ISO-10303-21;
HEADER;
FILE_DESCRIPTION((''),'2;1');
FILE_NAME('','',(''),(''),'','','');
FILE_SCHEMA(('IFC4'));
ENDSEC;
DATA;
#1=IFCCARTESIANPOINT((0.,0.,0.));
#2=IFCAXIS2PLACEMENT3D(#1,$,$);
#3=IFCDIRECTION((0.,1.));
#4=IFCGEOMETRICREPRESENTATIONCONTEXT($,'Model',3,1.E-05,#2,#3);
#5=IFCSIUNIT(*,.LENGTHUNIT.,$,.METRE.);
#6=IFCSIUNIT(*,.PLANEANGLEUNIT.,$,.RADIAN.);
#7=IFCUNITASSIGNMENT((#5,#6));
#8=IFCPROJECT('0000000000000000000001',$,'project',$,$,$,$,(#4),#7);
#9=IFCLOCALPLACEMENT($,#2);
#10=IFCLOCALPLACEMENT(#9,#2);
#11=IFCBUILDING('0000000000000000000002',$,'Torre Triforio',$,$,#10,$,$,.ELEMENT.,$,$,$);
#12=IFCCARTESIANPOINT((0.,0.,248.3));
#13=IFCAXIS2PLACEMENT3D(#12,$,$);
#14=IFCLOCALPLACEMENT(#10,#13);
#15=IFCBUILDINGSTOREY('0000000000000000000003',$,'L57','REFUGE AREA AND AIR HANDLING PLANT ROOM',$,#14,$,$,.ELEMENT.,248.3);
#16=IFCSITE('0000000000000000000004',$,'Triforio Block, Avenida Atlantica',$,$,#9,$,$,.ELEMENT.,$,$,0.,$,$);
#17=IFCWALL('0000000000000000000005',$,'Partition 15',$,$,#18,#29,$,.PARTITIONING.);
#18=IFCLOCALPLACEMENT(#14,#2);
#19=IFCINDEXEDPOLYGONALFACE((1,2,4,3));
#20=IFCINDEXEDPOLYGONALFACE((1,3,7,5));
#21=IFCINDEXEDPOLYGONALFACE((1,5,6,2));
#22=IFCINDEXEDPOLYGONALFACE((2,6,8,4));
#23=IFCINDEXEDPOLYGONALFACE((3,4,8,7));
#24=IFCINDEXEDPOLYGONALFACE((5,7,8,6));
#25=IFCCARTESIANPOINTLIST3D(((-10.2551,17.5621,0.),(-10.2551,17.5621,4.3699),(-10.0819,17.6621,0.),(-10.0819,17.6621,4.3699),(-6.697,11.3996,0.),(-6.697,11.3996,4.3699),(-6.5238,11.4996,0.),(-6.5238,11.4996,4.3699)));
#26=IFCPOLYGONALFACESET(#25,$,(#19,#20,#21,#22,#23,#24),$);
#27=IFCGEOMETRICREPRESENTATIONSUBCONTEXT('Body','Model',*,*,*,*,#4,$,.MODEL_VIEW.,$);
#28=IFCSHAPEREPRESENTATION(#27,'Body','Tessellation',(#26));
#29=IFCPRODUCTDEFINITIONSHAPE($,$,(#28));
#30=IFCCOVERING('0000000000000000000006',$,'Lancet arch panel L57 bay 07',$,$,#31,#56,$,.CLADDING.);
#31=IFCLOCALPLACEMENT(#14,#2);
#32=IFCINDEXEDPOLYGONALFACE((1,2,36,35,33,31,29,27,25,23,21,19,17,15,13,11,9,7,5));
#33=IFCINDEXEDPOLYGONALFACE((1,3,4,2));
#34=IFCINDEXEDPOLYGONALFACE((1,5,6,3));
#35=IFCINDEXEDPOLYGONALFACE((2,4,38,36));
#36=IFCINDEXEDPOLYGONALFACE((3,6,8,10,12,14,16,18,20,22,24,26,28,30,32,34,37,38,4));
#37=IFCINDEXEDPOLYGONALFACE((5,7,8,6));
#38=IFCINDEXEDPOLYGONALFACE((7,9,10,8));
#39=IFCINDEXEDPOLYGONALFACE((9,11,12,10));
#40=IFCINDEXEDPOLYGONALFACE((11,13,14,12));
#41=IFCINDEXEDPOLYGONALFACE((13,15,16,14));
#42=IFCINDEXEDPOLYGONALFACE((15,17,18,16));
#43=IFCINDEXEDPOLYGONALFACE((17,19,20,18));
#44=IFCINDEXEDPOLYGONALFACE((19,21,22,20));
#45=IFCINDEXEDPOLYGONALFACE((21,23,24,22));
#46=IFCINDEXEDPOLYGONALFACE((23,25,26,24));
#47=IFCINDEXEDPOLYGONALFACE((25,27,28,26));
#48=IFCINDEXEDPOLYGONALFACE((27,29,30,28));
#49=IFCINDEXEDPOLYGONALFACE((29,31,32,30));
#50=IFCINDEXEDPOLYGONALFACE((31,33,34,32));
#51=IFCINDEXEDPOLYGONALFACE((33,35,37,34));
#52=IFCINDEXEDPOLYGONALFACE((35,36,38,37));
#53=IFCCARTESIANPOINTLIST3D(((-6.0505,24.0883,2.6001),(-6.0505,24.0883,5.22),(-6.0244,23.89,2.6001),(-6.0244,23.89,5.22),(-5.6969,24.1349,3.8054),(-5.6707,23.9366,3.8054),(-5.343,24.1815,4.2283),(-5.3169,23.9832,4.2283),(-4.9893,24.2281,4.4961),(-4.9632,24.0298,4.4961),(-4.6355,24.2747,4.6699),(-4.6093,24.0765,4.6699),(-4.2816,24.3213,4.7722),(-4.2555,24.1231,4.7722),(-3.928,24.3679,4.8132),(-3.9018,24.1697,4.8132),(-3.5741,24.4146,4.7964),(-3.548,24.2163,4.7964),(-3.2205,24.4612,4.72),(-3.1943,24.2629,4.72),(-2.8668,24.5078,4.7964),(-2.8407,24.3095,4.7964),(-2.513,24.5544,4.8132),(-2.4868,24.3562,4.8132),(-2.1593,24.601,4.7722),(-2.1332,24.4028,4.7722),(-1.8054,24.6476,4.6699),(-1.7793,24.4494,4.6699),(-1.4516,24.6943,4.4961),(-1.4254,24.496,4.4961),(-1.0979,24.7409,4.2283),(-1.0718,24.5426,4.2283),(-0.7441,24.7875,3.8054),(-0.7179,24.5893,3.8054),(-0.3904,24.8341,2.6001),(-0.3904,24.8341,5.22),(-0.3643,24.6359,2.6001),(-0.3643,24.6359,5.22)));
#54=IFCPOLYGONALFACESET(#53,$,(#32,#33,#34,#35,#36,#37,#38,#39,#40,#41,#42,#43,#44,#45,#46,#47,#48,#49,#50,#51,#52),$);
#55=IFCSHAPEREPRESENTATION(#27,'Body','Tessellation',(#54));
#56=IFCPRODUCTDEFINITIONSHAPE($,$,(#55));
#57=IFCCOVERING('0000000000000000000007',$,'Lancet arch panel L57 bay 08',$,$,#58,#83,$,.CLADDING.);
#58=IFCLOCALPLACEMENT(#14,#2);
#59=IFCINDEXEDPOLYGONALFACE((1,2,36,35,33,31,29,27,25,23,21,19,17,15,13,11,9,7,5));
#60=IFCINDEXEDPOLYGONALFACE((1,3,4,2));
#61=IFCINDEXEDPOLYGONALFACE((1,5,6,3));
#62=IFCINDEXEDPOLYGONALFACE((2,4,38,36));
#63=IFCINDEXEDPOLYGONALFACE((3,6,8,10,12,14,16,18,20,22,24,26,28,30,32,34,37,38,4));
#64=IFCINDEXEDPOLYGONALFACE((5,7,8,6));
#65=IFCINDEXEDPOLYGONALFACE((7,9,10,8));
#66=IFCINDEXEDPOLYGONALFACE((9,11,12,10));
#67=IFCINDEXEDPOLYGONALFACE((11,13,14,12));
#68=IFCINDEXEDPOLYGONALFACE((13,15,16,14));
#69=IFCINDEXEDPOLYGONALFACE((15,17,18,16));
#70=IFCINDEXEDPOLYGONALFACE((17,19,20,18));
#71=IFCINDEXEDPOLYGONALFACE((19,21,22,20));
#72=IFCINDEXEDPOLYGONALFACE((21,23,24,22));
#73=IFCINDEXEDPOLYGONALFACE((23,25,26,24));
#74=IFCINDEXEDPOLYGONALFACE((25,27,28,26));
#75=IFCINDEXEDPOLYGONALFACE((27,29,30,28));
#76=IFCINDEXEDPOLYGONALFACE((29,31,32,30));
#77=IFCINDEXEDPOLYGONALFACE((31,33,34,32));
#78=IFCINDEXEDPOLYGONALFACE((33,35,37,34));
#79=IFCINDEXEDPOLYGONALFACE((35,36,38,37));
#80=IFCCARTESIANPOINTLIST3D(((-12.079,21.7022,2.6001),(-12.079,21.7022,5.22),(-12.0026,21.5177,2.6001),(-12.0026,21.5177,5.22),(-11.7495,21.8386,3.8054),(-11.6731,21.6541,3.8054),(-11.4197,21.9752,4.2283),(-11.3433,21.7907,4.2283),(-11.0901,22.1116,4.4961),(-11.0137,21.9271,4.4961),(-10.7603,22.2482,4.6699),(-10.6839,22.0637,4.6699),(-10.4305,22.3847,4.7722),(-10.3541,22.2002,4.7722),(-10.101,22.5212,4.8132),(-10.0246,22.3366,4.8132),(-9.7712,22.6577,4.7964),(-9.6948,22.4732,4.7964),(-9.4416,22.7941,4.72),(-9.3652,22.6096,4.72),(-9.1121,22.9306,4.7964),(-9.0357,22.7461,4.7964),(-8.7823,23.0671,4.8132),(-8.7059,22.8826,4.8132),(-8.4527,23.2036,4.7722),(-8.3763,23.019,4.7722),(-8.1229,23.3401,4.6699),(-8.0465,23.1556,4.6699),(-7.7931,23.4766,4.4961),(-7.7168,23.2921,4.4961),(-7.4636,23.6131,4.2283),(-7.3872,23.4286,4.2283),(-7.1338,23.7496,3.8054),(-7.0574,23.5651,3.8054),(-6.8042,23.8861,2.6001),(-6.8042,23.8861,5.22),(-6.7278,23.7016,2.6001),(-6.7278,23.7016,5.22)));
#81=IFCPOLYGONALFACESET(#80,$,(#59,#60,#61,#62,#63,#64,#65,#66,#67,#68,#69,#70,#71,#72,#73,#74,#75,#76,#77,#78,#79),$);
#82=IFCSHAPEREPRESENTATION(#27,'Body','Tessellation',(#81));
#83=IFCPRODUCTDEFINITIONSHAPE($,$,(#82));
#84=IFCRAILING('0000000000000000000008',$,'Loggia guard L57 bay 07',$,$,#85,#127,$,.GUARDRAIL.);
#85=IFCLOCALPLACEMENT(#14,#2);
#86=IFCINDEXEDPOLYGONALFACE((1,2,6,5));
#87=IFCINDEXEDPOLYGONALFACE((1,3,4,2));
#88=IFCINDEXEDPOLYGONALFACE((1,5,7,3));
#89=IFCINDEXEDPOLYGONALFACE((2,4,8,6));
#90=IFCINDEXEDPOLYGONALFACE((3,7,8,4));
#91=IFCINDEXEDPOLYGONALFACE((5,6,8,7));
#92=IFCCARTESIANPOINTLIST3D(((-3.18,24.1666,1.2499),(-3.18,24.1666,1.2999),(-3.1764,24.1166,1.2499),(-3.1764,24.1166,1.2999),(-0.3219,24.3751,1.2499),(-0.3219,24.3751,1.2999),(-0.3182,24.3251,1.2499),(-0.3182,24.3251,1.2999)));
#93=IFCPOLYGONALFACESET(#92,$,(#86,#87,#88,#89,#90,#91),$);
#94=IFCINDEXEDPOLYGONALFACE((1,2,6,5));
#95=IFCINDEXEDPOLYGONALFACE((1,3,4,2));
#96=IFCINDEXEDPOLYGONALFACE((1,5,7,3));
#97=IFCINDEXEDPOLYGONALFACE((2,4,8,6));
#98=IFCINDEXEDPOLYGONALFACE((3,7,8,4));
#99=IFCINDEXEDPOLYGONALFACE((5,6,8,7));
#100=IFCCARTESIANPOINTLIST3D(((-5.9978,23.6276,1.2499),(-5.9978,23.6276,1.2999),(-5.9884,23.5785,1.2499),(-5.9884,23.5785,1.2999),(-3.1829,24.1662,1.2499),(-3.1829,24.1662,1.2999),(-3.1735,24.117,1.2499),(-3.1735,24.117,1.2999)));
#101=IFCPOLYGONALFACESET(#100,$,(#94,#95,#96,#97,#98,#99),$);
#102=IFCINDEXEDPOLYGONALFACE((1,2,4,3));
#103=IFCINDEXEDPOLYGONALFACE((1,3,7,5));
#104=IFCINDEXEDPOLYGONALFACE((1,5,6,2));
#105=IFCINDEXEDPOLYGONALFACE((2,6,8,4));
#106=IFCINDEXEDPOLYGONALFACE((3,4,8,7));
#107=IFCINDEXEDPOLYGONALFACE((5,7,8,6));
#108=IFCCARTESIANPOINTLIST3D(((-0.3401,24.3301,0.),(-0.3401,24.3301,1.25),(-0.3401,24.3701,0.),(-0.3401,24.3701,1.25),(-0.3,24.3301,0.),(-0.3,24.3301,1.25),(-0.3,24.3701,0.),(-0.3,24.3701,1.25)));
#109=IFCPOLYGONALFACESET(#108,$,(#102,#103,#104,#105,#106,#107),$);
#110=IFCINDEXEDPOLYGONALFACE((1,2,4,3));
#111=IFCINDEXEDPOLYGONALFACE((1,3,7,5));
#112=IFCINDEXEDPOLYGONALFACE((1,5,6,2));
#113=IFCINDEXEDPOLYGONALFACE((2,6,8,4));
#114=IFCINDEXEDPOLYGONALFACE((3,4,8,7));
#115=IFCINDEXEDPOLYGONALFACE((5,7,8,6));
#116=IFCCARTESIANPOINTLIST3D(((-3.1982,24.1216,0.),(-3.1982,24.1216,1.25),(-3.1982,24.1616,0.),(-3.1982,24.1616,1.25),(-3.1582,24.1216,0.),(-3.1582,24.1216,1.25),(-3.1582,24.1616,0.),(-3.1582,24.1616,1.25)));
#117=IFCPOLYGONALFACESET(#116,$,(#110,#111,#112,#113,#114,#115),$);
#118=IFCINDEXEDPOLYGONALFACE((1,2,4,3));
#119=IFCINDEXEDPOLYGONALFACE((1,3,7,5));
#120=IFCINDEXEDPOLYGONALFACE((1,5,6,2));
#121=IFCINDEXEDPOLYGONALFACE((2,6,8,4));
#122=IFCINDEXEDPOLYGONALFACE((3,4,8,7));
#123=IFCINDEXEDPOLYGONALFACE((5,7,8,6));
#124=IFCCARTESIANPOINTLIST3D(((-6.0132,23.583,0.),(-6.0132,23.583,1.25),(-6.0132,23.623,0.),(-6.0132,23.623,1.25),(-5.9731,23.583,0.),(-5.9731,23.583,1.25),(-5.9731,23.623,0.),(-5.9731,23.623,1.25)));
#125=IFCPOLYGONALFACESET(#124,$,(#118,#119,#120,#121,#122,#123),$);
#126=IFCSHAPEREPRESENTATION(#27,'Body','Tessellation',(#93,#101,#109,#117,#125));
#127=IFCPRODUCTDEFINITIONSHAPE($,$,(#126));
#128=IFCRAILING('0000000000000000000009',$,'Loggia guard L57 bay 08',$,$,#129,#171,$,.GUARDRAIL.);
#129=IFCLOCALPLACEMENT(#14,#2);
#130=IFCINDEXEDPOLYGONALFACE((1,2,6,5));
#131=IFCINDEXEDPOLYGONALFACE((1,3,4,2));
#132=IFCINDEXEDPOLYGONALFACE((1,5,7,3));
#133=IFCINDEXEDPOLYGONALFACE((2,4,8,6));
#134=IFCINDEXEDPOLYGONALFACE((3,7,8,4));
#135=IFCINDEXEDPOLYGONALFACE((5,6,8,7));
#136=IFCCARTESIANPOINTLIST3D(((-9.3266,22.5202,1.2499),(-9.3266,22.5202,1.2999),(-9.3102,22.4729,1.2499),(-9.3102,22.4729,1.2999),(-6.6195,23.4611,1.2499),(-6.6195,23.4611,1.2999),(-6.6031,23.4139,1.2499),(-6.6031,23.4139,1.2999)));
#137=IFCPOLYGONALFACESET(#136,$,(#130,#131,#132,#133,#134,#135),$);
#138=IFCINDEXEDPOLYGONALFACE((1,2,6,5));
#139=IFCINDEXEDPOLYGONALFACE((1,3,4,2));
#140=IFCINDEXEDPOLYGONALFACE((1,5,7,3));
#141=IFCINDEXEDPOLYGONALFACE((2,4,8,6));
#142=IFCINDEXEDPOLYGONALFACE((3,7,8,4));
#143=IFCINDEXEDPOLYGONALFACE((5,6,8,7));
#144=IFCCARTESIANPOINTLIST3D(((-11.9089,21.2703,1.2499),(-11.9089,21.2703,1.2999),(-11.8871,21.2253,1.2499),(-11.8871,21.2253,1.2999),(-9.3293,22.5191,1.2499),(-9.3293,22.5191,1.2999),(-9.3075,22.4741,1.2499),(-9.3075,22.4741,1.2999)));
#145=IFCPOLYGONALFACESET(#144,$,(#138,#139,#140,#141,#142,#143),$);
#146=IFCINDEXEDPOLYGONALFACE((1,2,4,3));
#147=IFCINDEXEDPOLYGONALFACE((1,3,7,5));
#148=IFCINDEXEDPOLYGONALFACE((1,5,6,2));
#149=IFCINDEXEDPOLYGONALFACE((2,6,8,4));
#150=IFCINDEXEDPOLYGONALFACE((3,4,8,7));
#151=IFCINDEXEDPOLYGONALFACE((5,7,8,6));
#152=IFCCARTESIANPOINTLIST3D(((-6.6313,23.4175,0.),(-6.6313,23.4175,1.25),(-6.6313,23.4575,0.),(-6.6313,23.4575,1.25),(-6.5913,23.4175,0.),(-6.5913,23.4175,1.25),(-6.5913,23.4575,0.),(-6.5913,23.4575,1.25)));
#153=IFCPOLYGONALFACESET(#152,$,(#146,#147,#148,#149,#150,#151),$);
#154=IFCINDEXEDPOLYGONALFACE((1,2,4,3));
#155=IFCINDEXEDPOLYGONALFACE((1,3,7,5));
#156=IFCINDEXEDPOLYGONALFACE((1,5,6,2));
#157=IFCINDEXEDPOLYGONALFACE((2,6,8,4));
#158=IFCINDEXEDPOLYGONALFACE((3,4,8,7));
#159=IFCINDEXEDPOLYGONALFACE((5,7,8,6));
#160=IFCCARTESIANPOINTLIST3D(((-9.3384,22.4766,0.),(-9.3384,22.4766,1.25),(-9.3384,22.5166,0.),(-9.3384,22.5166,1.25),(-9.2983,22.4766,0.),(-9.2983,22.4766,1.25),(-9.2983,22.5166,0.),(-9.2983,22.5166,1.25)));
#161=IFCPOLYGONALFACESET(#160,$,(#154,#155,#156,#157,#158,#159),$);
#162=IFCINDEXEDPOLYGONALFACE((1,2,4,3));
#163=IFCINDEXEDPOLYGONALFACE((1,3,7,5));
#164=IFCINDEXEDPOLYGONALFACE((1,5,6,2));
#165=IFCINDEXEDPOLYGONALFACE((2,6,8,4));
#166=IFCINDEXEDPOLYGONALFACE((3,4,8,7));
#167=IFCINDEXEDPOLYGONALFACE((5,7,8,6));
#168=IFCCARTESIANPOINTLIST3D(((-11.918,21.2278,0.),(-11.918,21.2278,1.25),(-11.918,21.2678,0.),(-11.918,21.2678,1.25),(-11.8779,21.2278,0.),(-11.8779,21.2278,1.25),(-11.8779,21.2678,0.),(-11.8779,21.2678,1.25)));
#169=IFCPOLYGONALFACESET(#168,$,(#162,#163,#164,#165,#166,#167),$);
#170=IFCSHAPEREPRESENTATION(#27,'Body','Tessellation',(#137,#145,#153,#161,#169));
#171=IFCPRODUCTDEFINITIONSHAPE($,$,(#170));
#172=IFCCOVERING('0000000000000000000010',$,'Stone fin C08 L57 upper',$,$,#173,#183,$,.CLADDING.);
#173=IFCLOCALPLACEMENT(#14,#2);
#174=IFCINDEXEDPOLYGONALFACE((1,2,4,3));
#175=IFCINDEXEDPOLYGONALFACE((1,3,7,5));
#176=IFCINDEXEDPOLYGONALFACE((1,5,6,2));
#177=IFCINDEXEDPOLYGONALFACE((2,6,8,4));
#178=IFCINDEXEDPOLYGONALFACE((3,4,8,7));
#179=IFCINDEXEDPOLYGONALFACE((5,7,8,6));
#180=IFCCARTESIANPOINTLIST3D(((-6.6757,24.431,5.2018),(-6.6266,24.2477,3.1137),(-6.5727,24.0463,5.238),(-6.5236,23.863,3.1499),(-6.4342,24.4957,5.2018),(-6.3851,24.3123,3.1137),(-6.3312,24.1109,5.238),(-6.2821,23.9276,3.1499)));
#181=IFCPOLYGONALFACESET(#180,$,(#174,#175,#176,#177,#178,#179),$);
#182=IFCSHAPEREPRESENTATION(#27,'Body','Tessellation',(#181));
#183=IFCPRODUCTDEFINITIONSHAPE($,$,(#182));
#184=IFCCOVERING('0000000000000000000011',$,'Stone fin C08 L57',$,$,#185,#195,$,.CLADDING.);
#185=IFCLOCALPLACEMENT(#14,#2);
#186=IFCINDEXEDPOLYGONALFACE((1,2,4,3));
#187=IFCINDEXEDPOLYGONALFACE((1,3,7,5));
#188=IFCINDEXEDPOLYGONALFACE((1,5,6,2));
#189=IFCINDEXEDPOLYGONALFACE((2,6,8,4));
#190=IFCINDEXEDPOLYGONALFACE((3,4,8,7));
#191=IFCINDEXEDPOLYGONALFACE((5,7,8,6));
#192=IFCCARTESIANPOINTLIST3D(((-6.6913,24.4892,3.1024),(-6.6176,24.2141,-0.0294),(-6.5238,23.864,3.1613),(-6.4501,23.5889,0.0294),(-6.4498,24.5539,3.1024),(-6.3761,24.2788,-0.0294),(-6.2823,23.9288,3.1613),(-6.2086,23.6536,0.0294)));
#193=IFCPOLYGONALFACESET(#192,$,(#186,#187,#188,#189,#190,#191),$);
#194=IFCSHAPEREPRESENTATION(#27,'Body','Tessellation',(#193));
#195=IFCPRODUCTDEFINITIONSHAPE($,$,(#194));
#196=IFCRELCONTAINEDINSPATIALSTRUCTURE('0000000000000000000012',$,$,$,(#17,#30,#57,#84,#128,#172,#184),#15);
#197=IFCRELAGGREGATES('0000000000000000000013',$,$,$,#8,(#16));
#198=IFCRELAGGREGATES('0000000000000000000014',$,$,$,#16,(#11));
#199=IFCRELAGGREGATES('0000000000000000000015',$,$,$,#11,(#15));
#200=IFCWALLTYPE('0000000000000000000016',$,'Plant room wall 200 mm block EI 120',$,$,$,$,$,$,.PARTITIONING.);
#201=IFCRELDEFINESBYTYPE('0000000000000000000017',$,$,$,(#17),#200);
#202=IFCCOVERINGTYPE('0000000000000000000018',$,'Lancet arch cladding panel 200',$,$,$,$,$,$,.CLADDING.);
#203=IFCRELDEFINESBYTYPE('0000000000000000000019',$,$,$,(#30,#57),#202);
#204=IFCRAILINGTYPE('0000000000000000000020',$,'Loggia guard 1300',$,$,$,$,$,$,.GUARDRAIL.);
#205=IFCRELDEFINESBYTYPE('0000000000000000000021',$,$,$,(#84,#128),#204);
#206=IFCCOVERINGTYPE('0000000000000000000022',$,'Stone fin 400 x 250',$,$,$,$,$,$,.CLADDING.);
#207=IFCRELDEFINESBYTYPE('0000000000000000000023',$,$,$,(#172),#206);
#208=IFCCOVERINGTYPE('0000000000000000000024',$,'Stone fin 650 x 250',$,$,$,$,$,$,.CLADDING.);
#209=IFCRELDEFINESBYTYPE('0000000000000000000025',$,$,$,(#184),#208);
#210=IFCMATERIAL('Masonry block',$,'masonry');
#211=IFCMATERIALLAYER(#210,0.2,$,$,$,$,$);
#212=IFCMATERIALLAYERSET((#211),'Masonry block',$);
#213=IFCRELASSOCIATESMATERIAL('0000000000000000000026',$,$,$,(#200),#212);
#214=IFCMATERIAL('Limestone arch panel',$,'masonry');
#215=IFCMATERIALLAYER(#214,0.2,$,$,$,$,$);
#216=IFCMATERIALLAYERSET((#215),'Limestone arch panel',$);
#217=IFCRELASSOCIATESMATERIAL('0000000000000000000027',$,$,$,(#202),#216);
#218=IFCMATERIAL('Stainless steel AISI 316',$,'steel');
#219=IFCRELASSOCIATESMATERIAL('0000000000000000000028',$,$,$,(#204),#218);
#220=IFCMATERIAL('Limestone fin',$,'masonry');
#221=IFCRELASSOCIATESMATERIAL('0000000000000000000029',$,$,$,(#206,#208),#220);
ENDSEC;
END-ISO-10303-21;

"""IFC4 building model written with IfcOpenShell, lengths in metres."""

from ifc_helpers import new_model, si_unit, direction, frame, frame_2d, origin, origin_2d, place, context, subcontext, project, spatial, polyline, rectangle, outline, extrude, material, layer, layer_set, material_profile, profile_set, type_object, element, save


model = new_model("IFC4")

# Units and contexts
model_context = context("Model", 3, precision=1e-05, world=origin(), true_north=direction((0.0, 1.0)))
body_context = subcontext(model_context, "Body", "Model", "MODEL_VIEW")
ifc_project = project(units=[si_unit("LENGTHUNIT", "METRE"), si_unit("PLANEANGLEUNIT", "RADIAN")], contexts=[model_context])

# Site, building, storey
site_placement = place(None, origin())
site = spatial("IfcSite", under=ifc_project, at=site_placement, Name="Triforio Block, Avenida Atlantica", CompositionType="ELEMENT", RefElevation=0.0)
building_placement = place(site_placement, origin())
building = spatial("IfcBuilding", under=site, at=building_placement, Name="Torre Triforio", CompositionType="ELEMENT")
storey_placement = place(building_placement, frame((0.0, 0.0, 248.3)))
storey = spatial("IfcBuildingStorey", under=building, at=storey_placement, Name="L57", Description="REFUGE AREA AND AIR HANDLING PLANT ROOM", CompositionType="ELEMENT", Elevation=248.3)

# Shared definitions
ifc_material_1 = material(Name="Masonry block", Category="masonry")
ifc_layer_1 = layer(ifc_material_1, 0.2)
ifc_layer_set_1 = layer_set([ifc_layer_1], Name="Masonry block")
wall_type_1 = type_object("IfcWallType", Name="Plant room wall 200 mm block EI 120", PredefinedType="PARTITIONING", material=ifc_layer_set_1)

# Wall
wall_1_placement = place(storey_placement, frame((-6.6104, 11.4495, 0.0), z_axis=(0.0, 0.0, 1.0), x_axis=(-0.500013, 0.866018, 0.0)))
element("IfcWall", 1, at=wall_1_placement, inside=storey, type_object=wall_type_1, Name="Partition 15", PredefinedType="PARTITIONING", context=body_context, shape_type="SweptSolid", body=[
    extrude(rectangle(XDim=7.116, YDim=0.2, at=frame_2d((3.5581, 0.0))), origin(), (0.0, 0.0, 1.0), 4.3699),
])

# Coverings
ifc_material_2 = material(Name="Limestone arch panel", Category="masonry")
ifc_layer_2 = layer(ifc_material_2, 0.2)
ifc_layer_set_2 = layer_set([ifc_layer_2], Name="Limestone arch panel")
covering_type_1 = type_object("IfcCoveringType", Name="Lancet arch cladding panel 200", PredefinedType="CLADDING", material=ifc_layer_set_2)
covering_1_placement = place(storey_placement, frame((-3.1943, 24.2629, 0.0), z_axis=(-0.130644, 0.991429, 0.0), x_axis=(-0.991429, -0.130644, 0.0)))
element("IfcCovering", 2, at=covering_1_placement, inside=storey, type_object=covering_type_1, Name="Lancet arch panel L57 bay 07", PredefinedType="CLADDING", context=body_context, shape_type="SweptSolid", body=[
    extrude(outline(polyline([(-2.8545, 5.22), (-2.8545, 2.6001), (-2.4978, 3.8054), (-2.1409, 4.2283), (-1.7842, 4.4961), (-1.4272, 4.6699), (-1.0703, 4.7722), (-0.7136, 4.8132), (-0.3567, 4.7964), (0.0, 4.72), (0.3567, 4.7964), (0.7136, 4.8132), (1.0703, 4.7722), (1.4272, 4.6699), (1.7842, 4.4961), (2.1409, 4.2283), (2.4978, 3.8054), (2.8545, 2.6001), (2.8545, 5.22), (-2.8545, 5.22)])), origin(), (0.0, 0.0, 1.0), 0.2),
])
covering_2_placement = place(storey_placement, frame((-9.3652, 22.6096, 0.0), z_axis=(-0.382532, 0.923942, 0.0), x_axis=(-0.923942, -0.382532, 0.0)))
element("IfcCovering", 3, at=covering_2_placement, inside=storey, type_object=covering_type_1, Name="Lancet arch panel L57 bay 08", PredefinedType="CLADDING", context=body_context, shape_type="SweptSolid", body=[
    extrude(outline(polyline([(-2.8545, 5.22), (-2.8545, 2.6001), (-2.4978, 3.8054), (-2.1409, 4.2283), (-1.7842, 4.4961), (-1.4272, 4.6699), (-1.0703, 4.7722), (-0.7136, 4.8132), (-0.3567, 4.7964), (0.0, 4.72), (0.3567, 4.7964), (0.7136, 4.8132), (1.0703, 4.7722), (1.4272, 4.6699), (1.7842, 4.4961), (2.1409, 4.2283), (2.4978, 3.8054), (2.8545, 2.6001), (2.8545, 5.22), (-2.8545, 5.22)])), origin(), (0.0, 0.0, 1.0), 0.1997),
])

# Railings
ifc_material_3 = material(Name="Stainless steel AISI 316", Category="steel")
railing_type = type_object("IfcRailingType", Name="Loggia guard 1300", PredefinedType="GUARDRAIL", material=ifc_material_3)
railing_1_placement = place(storey_placement, frame((-0.3201, 24.3501, 0.0)))
element("IfcRailing", 4, at=railing_1_placement, inside=storey, type_object=railing_type, Name="Loggia guard L57 bay 07", PredefinedType="GUARDRAIL", context=body_context, shape_type="SweptSolid", body=[
    extrude(rectangle(XDim=0.05, YDim=0.05, at=origin_2d()), frame((0.0, 0.0, 1.2749), z_axis=(-0.99735, -0.072754, 0.0), x_axis=(0.072754, -0.99735, 0.0)), (0.0, 0.0, 1.0), 2.8657),
    extrude(rectangle(XDim=0.05, YDim=0.05, at=origin_2d()), frame((-2.8582, -0.2085, 1.2749), z_axis=(-0.982185, -0.187918, 0.0), x_axis=(0.187918, -0.982185, 0.0)), (0.0, 0.0, 1.0), 2.866),
    extrude(rectangle(XDim=0.04, YDim=0.04, at=origin_2d()), origin(), (0.0, 0.0, 1.0), 1.25),
    extrude(rectangle(XDim=0.04, YDim=0.04, at=origin_2d()), frame((-2.8582, -0.2085, 0.0)), (0.0, 0.0, 1.0), 1.25),
    extrude(rectangle(XDim=0.04, YDim=0.04, at=origin_2d()), frame((-5.6731, -0.7471, 0.0)), (0.0, 0.0, 1.0), 1.25),
])
railing_2_placement = place(storey_placement, frame((-6.6113, 23.4375, 0.0)))
element("IfcRailing", 5, at=railing_2_placement, inside=storey, type_object=railing_type, Name="Loggia guard L57 bay 08", PredefinedType="GUARDRAIL", context=body_context, shape_type="SweptSolid", body=[
    extrude(rectangle(XDim=0.05, YDim=0.05, at=origin_2d()), frame((0.0, 0.0, 1.2749), z_axis=(-0.944568, -0.328316, 0.0), x_axis=(0.328316, -0.944568, 0.0)), (0.0, 0.0, 1.0), 2.866),
    extrude(rectangle(XDim=0.05, YDim=0.05, at=origin_2d()), frame((-2.707, -0.9409, 1.2749), z_axis=(-0.900078, -0.435728, 0.0), x_axis=(0.435728, -0.900078, 0.0)), (0.0, 0.0, 1.0), 2.866),
    extrude(rectangle(XDim=0.04, YDim=0.04, at=origin_2d()), origin(), (0.0, 0.0, 1.0), 1.25),
    extrude(rectangle(XDim=0.04, YDim=0.04, at=origin_2d()), frame((-2.707, -0.9409, 0.0)), (0.0, 0.0, 1.0), 1.25),
    extrude(rectangle(XDim=0.04, YDim=0.04, at=origin_2d()), frame((-5.2866, -2.1897, 0.0)), (0.0, 0.0, 1.0), 1.25),
])

# Coverings
ifc_material_4 = material(Name="Limestone fin", Category="masonry")
ifc_material_profile_1 = material_profile(ifc_material_4, rectangle(XDim=0.3999, YDim=0.25, at=origin_2d()), Name="FIN 400x250")
ifc_profile_set_1 = profile_set([ifc_material_profile_1], Name="Limestone fin")
covering_type_2 = type_object("IfcCoveringType", Name="Stone fin 400 x 250", PredefinedType="CLADDING", material=ifc_profile_set_1)
covering_3_placement = place(storey_placement, frame((-6.4543, 24.0876, 3.1318), z_axis=(-0.023404, 0.087445, 0.995894), x_axis=(0.257482, -0.962034, 0.090523)))
element("IfcCovering", 6, at=covering_3_placement, inside=storey, type_object=covering_type_2, Name="Stone fin C08 L57 upper", PredefinedType="CLADDING", context=body_context, shape_type="SweptSolid", body=[
    extrude(rectangle(XDim=0.3999, YDim=0.25, at=origin_2d()), origin(), (0.0, 0.0, 1.0), 2.0967),
])
ifc_material_profile_2 = material_profile(ifc_material_4, rectangle(XDim=0.6499, YDim=0.25, at=origin_2d()), Name="FIN 650x250")
ifc_profile_set_2 = profile_set([ifc_material_profile_2], Name="Limestone fin")
covering_type_3 = type_object("IfcCoveringType", Name="Stone fin 650 x 250", PredefinedType="CLADDING", material=ifc_profile_set_2)
covering_4_placement = place(storey_placement, frame((-6.4131, 23.9338, 0.0), z_axis=(-0.023445, 0.087494, 0.995889), x_axis=(0.257772, -0.961951, 0.09058)))
element("IfcCovering", 7, at=covering_4_placement, inside=storey, type_object=covering_type_3, Name="Stone fin C08 L57", PredefinedType="CLADDING", context=body_context, shape_type="SweptSolid", body=[
    extrude(rectangle(XDim=0.6499, YDim=0.25, at=origin_2d()), origin(), (0.0, 0.0, 1.0), 3.1448),
])

save(model, "model.ifc")
